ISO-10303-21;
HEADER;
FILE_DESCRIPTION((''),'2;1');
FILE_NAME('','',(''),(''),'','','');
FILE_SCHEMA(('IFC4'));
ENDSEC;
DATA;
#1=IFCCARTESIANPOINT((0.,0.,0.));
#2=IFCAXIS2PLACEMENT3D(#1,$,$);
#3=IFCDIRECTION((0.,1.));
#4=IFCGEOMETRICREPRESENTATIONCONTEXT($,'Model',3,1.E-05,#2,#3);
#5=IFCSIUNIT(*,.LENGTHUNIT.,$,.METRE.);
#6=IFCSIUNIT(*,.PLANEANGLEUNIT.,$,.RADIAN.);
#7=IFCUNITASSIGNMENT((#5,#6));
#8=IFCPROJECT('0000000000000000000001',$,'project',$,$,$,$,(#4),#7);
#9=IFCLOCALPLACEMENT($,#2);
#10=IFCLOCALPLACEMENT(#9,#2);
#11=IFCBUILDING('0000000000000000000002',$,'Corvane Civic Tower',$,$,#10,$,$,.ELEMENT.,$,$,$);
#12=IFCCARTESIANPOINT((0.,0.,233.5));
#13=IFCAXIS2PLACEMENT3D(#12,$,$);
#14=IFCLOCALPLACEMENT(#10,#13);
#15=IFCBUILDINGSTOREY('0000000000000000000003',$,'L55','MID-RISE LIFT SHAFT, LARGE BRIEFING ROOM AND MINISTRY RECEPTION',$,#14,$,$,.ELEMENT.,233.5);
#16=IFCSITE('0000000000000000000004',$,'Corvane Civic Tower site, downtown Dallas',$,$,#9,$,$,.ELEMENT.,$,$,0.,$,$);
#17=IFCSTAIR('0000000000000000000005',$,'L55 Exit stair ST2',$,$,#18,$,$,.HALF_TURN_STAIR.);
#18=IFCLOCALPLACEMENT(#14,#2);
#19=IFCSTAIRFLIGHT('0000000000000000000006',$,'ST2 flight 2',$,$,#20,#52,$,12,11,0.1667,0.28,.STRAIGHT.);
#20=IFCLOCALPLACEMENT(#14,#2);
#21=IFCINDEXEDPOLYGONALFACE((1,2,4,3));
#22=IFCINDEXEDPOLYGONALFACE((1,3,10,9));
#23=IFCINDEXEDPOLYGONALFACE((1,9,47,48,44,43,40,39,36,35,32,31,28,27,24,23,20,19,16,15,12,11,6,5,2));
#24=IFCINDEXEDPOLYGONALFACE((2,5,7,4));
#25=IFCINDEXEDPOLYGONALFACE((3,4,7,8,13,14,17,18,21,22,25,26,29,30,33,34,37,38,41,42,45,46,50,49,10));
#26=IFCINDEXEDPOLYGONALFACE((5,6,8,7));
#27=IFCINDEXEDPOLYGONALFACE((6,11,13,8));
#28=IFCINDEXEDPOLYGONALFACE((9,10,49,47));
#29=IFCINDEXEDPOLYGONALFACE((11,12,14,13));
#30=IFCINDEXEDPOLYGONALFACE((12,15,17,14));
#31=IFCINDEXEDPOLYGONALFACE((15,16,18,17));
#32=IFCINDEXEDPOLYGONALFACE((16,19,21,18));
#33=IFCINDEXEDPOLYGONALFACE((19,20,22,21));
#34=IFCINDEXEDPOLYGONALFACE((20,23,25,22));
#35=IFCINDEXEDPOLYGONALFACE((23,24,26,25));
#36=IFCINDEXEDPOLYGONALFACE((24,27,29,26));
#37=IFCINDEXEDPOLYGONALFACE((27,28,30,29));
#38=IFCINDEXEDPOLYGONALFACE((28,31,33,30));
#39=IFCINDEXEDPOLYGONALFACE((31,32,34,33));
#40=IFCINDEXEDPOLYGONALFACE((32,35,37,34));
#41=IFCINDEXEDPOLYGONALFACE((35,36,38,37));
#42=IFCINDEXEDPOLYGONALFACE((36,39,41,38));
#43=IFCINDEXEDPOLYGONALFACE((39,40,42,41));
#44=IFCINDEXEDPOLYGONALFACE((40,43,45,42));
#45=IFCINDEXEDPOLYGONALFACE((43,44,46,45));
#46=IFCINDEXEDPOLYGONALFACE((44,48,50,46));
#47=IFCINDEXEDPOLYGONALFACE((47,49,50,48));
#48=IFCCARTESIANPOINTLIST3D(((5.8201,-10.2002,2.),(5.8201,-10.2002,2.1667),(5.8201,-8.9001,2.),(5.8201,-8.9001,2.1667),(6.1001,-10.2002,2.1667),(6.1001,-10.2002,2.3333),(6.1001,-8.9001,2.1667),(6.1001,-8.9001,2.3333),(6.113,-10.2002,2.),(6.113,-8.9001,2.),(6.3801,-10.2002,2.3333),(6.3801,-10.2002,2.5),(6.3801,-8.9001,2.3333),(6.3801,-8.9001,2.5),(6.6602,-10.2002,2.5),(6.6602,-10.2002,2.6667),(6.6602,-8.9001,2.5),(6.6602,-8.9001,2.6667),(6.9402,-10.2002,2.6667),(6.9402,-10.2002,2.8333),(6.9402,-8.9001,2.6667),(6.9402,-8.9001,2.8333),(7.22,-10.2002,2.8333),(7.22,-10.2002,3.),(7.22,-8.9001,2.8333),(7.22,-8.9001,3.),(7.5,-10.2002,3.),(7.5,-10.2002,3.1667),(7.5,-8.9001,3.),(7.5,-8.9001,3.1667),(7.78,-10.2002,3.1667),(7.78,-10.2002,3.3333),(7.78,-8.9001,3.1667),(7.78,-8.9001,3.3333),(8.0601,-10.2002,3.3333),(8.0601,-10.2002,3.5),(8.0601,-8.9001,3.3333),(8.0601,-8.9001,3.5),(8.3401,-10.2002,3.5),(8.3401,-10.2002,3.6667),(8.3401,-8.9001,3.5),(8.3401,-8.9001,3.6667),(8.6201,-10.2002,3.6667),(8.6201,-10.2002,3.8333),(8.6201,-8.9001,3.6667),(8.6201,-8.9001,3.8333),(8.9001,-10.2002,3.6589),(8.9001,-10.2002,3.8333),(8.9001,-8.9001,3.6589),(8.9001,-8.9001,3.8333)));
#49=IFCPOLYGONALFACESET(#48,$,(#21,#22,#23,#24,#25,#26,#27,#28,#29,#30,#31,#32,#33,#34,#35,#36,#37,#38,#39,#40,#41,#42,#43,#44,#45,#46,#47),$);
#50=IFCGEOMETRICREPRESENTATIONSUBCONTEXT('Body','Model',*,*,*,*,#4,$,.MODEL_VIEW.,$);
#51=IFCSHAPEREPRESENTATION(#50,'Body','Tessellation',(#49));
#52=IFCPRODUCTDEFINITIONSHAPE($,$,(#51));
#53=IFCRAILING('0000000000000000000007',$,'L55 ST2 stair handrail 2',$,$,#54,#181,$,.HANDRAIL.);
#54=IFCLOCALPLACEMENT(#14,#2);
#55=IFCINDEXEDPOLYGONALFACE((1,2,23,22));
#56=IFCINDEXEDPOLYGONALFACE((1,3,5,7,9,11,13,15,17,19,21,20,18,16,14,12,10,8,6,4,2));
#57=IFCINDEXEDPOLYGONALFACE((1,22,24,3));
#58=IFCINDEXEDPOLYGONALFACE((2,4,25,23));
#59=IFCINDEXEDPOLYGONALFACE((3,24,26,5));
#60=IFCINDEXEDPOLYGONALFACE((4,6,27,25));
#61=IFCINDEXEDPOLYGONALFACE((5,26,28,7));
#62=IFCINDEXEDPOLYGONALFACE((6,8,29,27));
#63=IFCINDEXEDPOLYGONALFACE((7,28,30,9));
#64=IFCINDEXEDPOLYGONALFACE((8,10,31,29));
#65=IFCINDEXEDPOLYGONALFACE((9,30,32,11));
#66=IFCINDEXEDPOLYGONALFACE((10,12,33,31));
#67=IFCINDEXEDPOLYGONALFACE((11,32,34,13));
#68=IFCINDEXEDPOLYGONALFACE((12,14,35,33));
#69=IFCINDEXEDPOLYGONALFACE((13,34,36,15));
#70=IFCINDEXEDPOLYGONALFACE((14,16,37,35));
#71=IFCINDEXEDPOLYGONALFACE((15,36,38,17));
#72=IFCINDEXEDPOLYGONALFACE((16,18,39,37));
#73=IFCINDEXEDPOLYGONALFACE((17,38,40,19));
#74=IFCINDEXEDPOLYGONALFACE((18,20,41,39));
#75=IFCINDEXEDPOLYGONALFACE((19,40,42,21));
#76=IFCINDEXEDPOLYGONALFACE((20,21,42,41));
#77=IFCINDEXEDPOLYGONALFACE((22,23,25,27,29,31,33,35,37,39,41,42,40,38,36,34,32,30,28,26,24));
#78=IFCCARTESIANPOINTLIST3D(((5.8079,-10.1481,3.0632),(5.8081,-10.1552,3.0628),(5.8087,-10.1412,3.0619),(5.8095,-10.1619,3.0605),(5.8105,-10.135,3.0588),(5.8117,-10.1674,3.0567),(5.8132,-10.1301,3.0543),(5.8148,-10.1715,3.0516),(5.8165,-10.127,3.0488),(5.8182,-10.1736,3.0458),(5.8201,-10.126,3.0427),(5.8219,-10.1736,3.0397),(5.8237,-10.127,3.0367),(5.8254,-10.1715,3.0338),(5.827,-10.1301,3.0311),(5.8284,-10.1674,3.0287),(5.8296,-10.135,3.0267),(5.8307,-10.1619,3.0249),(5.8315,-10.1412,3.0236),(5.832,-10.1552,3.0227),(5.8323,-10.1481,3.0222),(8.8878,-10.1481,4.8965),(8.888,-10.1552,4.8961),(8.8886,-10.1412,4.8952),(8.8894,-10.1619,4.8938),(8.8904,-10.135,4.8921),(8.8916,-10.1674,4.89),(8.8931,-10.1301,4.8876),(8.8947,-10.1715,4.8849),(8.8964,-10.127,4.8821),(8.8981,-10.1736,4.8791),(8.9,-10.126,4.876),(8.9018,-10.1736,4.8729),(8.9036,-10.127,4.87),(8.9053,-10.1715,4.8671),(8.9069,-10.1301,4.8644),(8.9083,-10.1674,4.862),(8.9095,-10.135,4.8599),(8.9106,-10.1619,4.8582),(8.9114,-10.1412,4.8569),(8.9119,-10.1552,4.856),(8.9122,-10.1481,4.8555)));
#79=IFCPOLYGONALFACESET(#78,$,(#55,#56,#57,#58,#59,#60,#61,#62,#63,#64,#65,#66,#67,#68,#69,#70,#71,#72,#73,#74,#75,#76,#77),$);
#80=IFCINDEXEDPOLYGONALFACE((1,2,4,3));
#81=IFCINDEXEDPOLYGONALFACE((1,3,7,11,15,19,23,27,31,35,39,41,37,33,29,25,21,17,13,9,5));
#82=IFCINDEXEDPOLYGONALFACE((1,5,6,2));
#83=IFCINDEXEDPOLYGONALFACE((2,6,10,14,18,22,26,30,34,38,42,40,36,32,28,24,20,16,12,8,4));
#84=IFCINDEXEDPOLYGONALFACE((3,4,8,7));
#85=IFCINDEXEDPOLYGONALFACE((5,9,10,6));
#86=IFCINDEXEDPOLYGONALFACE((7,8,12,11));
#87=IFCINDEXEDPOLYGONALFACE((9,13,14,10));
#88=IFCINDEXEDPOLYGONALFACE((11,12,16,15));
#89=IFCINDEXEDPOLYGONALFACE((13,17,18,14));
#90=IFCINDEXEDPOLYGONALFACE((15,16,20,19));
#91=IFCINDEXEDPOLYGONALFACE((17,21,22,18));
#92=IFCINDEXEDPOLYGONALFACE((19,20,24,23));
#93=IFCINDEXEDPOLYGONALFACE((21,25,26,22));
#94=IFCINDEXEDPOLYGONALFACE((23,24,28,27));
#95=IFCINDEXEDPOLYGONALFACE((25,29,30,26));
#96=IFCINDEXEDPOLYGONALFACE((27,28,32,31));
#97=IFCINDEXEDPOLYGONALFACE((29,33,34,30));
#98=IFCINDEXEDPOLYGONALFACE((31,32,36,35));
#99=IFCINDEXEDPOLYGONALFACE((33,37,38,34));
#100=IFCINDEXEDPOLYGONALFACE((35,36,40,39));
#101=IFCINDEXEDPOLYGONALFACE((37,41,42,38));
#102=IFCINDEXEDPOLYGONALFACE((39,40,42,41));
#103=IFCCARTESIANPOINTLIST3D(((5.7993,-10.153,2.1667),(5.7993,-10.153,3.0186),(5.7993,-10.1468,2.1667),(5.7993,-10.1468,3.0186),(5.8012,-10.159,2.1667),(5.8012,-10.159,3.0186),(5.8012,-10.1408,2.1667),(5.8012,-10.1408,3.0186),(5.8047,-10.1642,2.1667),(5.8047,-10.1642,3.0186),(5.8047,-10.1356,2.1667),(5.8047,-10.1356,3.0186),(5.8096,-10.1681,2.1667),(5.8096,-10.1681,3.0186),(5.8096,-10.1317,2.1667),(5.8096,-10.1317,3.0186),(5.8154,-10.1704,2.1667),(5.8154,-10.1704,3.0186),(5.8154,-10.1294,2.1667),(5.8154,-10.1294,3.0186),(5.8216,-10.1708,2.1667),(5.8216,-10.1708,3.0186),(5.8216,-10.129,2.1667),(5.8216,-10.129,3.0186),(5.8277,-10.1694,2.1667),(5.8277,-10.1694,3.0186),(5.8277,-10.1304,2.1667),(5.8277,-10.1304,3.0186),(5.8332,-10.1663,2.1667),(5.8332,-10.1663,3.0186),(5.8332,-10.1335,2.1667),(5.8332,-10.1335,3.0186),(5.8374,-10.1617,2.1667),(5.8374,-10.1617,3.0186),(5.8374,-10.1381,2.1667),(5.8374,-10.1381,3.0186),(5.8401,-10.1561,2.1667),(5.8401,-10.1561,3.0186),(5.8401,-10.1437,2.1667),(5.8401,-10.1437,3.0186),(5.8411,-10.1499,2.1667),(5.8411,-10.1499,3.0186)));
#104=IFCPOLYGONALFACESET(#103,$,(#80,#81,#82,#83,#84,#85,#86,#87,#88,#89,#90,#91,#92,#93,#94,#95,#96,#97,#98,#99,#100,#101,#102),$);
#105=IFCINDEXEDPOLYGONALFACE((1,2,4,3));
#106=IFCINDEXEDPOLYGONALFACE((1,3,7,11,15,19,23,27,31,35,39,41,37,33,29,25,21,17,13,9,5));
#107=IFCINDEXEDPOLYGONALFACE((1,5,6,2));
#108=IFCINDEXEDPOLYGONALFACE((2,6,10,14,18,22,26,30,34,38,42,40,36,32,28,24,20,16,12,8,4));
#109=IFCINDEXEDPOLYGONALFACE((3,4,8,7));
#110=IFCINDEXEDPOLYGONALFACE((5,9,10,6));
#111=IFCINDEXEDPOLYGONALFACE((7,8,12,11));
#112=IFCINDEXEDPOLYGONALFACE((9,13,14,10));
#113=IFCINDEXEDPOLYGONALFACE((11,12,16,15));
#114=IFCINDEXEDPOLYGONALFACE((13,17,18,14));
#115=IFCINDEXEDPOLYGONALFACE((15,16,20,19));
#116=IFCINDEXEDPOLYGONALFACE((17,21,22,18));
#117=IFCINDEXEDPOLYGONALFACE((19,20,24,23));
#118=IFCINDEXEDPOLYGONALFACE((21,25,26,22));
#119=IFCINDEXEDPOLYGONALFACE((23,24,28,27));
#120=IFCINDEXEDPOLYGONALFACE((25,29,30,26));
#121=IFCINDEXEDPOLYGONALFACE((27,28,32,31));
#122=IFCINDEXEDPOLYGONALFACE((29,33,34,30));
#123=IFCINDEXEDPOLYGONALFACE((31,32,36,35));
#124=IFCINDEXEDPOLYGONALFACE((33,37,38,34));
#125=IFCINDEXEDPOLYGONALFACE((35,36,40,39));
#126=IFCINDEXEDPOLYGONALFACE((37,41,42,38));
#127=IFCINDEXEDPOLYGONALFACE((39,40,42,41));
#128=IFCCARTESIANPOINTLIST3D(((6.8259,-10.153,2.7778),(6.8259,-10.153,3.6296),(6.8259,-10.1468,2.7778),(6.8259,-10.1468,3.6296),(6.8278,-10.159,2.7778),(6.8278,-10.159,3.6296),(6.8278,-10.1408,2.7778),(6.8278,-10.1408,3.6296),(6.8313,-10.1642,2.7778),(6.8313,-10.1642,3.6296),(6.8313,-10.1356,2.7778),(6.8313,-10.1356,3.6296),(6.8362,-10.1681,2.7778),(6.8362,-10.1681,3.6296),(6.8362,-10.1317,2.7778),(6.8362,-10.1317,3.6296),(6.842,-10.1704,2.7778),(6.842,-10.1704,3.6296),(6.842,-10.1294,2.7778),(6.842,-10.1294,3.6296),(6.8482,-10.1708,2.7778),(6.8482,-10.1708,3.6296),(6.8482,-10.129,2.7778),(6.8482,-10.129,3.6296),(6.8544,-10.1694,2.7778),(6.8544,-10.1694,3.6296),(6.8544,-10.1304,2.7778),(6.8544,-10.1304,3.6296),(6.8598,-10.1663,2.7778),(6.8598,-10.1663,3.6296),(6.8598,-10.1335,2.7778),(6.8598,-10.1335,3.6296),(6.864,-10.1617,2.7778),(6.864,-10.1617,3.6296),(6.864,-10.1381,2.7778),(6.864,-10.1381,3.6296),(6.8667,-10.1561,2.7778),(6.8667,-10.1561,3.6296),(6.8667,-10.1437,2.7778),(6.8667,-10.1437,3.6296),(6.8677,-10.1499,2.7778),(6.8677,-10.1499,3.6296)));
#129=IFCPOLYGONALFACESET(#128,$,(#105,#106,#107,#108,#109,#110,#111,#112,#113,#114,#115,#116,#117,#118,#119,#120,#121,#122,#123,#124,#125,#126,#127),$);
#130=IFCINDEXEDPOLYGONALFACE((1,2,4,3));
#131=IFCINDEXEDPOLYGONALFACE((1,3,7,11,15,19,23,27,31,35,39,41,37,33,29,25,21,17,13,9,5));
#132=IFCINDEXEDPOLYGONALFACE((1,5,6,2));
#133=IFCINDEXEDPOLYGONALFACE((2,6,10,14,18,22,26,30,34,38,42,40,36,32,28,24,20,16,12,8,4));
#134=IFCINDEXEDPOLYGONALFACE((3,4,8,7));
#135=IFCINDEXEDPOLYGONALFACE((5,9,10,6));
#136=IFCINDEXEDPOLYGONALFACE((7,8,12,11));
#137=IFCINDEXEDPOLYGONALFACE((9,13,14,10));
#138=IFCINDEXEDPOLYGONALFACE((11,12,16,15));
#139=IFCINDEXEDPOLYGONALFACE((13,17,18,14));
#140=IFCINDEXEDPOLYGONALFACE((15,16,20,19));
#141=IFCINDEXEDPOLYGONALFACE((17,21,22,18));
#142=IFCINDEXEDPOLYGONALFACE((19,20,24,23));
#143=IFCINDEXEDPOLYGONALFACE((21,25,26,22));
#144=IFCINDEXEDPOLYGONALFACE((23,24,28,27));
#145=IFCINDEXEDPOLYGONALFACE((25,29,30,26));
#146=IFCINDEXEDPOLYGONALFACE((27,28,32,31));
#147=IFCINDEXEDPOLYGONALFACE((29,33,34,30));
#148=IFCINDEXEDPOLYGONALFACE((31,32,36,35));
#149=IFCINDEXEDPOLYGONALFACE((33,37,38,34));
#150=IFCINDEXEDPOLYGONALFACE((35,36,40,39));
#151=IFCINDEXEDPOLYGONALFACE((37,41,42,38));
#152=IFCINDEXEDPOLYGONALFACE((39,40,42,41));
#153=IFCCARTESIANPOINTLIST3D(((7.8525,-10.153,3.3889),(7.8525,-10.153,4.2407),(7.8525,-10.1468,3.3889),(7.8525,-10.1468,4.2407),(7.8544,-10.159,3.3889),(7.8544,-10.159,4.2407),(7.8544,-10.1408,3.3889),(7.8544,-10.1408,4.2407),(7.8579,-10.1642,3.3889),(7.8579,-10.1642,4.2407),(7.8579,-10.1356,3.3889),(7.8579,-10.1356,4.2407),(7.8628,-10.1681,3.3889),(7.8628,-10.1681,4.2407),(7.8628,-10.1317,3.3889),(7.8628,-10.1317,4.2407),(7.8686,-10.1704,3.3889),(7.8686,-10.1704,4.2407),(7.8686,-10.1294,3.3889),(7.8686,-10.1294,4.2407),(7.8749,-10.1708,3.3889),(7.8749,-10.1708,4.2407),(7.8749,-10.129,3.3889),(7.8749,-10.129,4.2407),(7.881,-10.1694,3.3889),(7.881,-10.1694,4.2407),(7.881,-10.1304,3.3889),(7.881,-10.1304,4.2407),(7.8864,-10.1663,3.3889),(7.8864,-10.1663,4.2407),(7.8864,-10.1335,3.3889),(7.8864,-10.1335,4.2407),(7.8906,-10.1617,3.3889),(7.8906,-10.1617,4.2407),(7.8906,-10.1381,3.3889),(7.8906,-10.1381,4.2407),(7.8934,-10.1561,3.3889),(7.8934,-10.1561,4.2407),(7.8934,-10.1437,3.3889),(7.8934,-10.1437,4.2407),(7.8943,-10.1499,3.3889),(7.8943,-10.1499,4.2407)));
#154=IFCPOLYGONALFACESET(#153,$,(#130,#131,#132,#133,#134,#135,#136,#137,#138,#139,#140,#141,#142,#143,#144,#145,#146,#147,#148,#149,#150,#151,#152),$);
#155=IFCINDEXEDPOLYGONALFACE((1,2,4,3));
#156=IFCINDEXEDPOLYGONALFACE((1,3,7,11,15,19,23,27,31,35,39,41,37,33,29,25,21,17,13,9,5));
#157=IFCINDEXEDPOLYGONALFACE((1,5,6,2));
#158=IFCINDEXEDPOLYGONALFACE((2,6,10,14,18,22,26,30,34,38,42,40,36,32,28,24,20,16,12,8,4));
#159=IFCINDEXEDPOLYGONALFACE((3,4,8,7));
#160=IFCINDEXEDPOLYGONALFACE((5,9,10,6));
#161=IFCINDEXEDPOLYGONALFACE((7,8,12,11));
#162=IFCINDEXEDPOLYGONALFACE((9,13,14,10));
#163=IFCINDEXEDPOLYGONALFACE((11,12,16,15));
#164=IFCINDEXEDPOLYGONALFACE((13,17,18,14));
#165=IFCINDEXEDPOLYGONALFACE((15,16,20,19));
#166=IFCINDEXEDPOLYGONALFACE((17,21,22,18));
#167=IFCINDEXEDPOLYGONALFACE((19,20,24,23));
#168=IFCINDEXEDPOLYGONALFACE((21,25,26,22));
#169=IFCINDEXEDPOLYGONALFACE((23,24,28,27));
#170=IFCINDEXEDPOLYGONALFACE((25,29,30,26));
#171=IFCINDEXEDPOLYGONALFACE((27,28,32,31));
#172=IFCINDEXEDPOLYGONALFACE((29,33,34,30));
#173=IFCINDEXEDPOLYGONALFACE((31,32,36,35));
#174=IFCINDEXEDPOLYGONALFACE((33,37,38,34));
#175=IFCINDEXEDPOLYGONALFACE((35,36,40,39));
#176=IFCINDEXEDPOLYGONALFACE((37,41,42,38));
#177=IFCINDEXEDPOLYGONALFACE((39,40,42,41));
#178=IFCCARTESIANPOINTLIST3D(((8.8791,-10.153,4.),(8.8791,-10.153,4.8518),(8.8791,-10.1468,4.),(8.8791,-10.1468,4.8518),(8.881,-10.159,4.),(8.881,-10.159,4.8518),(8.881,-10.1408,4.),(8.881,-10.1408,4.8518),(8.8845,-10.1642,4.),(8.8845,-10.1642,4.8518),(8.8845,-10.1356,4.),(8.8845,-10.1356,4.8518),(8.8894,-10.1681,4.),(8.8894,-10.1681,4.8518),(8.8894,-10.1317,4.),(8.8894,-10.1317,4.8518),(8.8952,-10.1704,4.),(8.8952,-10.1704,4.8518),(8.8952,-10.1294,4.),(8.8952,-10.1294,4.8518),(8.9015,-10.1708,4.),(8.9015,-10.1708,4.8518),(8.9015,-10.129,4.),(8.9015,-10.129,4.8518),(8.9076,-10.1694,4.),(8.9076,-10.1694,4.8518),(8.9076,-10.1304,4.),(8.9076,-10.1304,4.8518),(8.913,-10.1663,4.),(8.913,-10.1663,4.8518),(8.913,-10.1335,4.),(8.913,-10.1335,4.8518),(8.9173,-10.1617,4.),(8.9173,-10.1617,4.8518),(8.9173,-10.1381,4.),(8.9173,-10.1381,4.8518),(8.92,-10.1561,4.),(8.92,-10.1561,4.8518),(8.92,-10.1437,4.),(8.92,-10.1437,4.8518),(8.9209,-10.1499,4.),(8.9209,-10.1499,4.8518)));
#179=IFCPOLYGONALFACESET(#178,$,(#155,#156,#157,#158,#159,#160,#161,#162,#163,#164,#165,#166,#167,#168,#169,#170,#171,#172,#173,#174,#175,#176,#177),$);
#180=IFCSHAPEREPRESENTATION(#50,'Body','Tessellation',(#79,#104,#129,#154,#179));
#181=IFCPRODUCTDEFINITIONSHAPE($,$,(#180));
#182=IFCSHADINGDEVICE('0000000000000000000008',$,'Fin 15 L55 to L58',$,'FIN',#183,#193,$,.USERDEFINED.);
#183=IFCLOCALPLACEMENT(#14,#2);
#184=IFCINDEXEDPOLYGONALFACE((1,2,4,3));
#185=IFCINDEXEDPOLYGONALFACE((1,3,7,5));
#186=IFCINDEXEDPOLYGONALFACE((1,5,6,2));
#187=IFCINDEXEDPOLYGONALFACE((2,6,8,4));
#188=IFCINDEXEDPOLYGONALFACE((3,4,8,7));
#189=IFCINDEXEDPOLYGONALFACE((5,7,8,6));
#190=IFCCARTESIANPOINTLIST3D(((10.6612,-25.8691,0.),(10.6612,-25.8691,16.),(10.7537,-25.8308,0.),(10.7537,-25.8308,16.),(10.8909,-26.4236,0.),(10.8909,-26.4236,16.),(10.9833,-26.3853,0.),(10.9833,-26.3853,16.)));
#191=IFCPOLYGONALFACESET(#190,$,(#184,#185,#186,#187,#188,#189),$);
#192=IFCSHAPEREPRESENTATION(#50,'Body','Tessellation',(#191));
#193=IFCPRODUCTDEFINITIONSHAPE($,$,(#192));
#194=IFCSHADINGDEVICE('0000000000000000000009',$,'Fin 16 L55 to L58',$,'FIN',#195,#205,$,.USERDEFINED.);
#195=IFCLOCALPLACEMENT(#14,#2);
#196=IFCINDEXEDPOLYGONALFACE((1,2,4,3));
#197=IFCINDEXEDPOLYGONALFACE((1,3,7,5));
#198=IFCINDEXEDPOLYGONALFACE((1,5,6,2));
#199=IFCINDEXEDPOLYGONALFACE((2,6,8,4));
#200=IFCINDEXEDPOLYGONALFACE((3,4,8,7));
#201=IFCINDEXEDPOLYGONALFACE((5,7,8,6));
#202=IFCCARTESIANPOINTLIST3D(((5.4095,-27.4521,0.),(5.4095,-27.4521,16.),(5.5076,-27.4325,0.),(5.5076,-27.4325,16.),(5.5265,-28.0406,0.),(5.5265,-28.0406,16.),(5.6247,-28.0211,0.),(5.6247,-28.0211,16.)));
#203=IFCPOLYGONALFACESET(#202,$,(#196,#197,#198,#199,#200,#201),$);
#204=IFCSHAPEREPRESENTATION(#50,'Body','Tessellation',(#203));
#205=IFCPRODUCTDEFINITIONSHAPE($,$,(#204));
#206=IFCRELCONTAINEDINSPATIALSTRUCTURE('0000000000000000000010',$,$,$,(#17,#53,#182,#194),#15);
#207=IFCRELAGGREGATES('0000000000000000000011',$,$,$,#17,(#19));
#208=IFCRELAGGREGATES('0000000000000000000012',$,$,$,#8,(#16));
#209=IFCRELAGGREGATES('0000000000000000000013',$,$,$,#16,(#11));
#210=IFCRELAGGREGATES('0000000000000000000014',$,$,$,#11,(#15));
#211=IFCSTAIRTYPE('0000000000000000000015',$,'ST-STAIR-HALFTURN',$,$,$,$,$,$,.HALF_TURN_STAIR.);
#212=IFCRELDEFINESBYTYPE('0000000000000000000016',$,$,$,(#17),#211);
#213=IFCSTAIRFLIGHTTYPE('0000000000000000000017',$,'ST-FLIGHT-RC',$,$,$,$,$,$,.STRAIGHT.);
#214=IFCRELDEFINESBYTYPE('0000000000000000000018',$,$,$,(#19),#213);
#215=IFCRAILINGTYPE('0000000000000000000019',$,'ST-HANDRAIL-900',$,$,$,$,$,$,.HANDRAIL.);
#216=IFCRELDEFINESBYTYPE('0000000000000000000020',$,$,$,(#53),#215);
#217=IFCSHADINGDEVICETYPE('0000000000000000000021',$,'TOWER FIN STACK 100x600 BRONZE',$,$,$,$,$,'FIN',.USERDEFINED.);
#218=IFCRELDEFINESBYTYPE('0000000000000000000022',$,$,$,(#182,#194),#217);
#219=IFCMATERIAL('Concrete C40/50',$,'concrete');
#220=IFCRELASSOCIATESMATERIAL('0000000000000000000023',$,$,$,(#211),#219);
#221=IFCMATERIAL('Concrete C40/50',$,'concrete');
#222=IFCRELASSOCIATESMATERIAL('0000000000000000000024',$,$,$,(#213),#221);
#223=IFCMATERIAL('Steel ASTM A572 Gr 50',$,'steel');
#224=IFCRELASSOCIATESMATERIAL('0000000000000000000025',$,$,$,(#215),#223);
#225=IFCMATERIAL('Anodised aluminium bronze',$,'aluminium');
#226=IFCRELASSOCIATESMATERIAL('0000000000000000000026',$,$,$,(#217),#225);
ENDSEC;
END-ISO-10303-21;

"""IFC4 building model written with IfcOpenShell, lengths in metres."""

from ifc_helpers import new_model, si_unit, direction, frame, origin, origin_2d, place, context, subcontext, project, spatial, polyline, rectangle, circle, outline, extrude, material, material_profile, profile_set, type_object, element, aggregate, save


model = new_model("IFC4")

# Units and contexts
model_context = context("Model", 3, precision=1e-05, world=origin(), true_north=direction((0.0, 1.0)))
body_context = subcontext(model_context, "Body", "Model", "MODEL_VIEW")
ifc_project = project(units=[si_unit("LENGTHUNIT", "METRE"), si_unit("PLANEANGLEUNIT", "RADIAN")], contexts=[model_context])

# Site, building, storey
site_placement = place(None, origin())
site = spatial("IfcSite", under=ifc_project, at=site_placement, Name="Corvane Civic Tower site, downtown Dallas", CompositionType="ELEMENT", RefElevation=0.0)
building_placement = place(site_placement, origin())
building = spatial("IfcBuilding", under=site, at=building_placement, Name="Corvane Civic Tower", CompositionType="ELEMENT")
storey_placement = place(building_placement, frame((0.0, 0.0, 233.5)))
storey = spatial("IfcBuildingStorey", under=building, at=storey_placement, Name="L55", Description="MID-RISE LIFT SHAFT, LARGE BRIEFING ROOM AND MINISTRY RECEPTION", CompositionType="ELEMENT", Elevation=233.5)

# Stair, stair flight
ifc_material_1 = material(Name="Concrete C40/50", Category="concrete")
stair_type = type_object("IfcStairType", Name="ST-STAIR-HALFTURN", PredefinedType="HALF_TURN_STAIR", material=ifc_material_1)
stair_placement = place(storey_placement, origin())
stair = element("IfcStair", 1, at=stair_placement, inside=storey, type_object=stair_type, Name="L55 Exit stair ST2", PredefinedType="HALF_TURN_STAIR")
ifc_material_2 = material(Name="Concrete C40/50", Category="concrete")
stair_flight_type = type_object("IfcStairFlightType", Name="ST-FLIGHT-RC", PredefinedType="STRAIGHT", material=ifc_material_2)
stair_flight_placement = place(storey_placement, frame((5.8201, -9.55, 2.0), z_axis=(0.0, 0.0, 1.0), x_axis=(1.0, 0.0, 0.0)))
stair_flight = element("IfcStairFlight", 2, at=stair_flight_placement, type_object=stair_flight_type, Name="ST2 flight 2", NumberOfRisers=12, NumberOfTreads=11, PredefinedType="STRAIGHT", RiserHeight=0.1667, TreadLength=0.28, context=body_context, shape_type="SweptSolid", body=[
    extrude(outline(polyline([(0.0, 0.0), (0.0, 0.1667), (0.28, 0.1667), (0.28, 0.3333), (0.5601, 0.3333), (0.5601, 0.5), (0.8401, 0.5), (0.8401, 0.6667), (1.1201, 0.6667), (1.1201, 0.8333), (1.3999, 0.8333), (1.3999, 1.0), (1.6799, 1.0), (1.6799, 1.1667), (1.96, 1.1667), (1.96, 1.3333), (2.24, 1.3333), (2.24, 1.5), (2.52, 1.5), (2.52, 1.6667), (2.8, 1.6667), (2.8, 1.8333), (3.0801, 1.8333), (3.0801, 2.0), (3.0801, 1.6589), (0.293, 0.0), (0.0, 0.0)])), frame((0.0, 0.6499, 0.0), z_axis=(0.0, -1.0, 0.0), x_axis=(1.0, 0.0, 0.0)), (0.0, 0.0, 1.0), 1.3),
])
aggregate(stair, [stair_flight])

# Railing
ifc_material_3 = material(Name="Steel ASTM A572 Gr 50", Category="steel")
railing_type_1 = type_object("IfcRailingType", Name="ST-HANDRAIL-900", PredefinedType="HANDRAIL", material=ifc_material_3)
railing_1_placement = place(storey_placement, frame((5.8201, -10.1499, 2.1667)))
element("IfcRailing", 3, at=railing_1_placement, inside=storey, type_object=railing_type_1, Name="L55 ST2 stair handrail 2", PredefinedType="HANDRAIL", context=body_context, shape_type="SweptSolid", body=[
    extrude(circle(Radius=0.0239, at=origin_2d()), frame((0.0, 0.0, 0.876), z_axis=(0.859291, 0.0, 0.511487), x_axis=(0.0, 1.0, 0.0)), (0.0, 0.0, 1.0), 3.5842),
    extrude(circle(Radius=0.021, at=origin_2d()), origin(), (0.0, 0.0, 1.0), 0.8518),
    extrude(circle(Radius=0.021, at=origin_2d()), frame((1.0266, 0.0, 0.6111)), (0.0, 0.0, 1.0), 0.8518),
    extrude(circle(Radius=0.021, at=origin_2d()), frame((2.0532, 0.0, 1.2222)), (0.0, 0.0, 1.0), 0.8518),
    extrude(circle(Radius=0.021, at=origin_2d()), frame((3.0798, 0.0, 1.8333)), (0.0, 0.0, 1.0), 0.8518),
])

# Shading devices
ifc_material_4 = material(Name="Anodised aluminium bronze", Category="aluminium")
ifc_material_profile_1 = material_profile(ifc_material_4, rectangle(XDim=0.1001, YDim=0.6001, at=origin_2d()), Name="TOWER FIN STACK 100x600 BRONZE")
ifc_profile_set_1 = profile_set([ifc_material_profile_1], Name="Anodised aluminium bronze")
shading_device_type = type_object("IfcShadingDeviceType", Name="TOWER FIN STACK 100x600 BRONZE", ElementType="FIN", PredefinedType="USERDEFINED", material=ifc_profile_set_1)
for number, where, z_axis, x_axis, name in (
    (4, (10.8223, -26.1272, 0.0), (0.0, 0.0, 1.0), (-0.92388, -0.382683, 0.0), "Fin 15 L55 to L58"),
    (5, (5.5171, -27.7366, 0.0), (0.0, 0.0, 1.0), (-0.980785, -0.19509, 0.0), "Fin 16 L55 to L58"),
):
    element("IfcShadingDevice", number, at=place(storey_placement, frame(where, z_axis=z_axis, x_axis=x_axis)), inside=storey, type_object=shading_device_type, Name=name, ObjectType="FIN", PredefinedType="USERDEFINED", context=body_context, shape_type="SweptSolid", body=[
        extrude(rectangle(XDim=0.1001, YDim=0.6001, at=origin_2d()), origin(), (0.0, 0.0, 1.0), 16.0),
    ])

save(model, "model.ifc")
